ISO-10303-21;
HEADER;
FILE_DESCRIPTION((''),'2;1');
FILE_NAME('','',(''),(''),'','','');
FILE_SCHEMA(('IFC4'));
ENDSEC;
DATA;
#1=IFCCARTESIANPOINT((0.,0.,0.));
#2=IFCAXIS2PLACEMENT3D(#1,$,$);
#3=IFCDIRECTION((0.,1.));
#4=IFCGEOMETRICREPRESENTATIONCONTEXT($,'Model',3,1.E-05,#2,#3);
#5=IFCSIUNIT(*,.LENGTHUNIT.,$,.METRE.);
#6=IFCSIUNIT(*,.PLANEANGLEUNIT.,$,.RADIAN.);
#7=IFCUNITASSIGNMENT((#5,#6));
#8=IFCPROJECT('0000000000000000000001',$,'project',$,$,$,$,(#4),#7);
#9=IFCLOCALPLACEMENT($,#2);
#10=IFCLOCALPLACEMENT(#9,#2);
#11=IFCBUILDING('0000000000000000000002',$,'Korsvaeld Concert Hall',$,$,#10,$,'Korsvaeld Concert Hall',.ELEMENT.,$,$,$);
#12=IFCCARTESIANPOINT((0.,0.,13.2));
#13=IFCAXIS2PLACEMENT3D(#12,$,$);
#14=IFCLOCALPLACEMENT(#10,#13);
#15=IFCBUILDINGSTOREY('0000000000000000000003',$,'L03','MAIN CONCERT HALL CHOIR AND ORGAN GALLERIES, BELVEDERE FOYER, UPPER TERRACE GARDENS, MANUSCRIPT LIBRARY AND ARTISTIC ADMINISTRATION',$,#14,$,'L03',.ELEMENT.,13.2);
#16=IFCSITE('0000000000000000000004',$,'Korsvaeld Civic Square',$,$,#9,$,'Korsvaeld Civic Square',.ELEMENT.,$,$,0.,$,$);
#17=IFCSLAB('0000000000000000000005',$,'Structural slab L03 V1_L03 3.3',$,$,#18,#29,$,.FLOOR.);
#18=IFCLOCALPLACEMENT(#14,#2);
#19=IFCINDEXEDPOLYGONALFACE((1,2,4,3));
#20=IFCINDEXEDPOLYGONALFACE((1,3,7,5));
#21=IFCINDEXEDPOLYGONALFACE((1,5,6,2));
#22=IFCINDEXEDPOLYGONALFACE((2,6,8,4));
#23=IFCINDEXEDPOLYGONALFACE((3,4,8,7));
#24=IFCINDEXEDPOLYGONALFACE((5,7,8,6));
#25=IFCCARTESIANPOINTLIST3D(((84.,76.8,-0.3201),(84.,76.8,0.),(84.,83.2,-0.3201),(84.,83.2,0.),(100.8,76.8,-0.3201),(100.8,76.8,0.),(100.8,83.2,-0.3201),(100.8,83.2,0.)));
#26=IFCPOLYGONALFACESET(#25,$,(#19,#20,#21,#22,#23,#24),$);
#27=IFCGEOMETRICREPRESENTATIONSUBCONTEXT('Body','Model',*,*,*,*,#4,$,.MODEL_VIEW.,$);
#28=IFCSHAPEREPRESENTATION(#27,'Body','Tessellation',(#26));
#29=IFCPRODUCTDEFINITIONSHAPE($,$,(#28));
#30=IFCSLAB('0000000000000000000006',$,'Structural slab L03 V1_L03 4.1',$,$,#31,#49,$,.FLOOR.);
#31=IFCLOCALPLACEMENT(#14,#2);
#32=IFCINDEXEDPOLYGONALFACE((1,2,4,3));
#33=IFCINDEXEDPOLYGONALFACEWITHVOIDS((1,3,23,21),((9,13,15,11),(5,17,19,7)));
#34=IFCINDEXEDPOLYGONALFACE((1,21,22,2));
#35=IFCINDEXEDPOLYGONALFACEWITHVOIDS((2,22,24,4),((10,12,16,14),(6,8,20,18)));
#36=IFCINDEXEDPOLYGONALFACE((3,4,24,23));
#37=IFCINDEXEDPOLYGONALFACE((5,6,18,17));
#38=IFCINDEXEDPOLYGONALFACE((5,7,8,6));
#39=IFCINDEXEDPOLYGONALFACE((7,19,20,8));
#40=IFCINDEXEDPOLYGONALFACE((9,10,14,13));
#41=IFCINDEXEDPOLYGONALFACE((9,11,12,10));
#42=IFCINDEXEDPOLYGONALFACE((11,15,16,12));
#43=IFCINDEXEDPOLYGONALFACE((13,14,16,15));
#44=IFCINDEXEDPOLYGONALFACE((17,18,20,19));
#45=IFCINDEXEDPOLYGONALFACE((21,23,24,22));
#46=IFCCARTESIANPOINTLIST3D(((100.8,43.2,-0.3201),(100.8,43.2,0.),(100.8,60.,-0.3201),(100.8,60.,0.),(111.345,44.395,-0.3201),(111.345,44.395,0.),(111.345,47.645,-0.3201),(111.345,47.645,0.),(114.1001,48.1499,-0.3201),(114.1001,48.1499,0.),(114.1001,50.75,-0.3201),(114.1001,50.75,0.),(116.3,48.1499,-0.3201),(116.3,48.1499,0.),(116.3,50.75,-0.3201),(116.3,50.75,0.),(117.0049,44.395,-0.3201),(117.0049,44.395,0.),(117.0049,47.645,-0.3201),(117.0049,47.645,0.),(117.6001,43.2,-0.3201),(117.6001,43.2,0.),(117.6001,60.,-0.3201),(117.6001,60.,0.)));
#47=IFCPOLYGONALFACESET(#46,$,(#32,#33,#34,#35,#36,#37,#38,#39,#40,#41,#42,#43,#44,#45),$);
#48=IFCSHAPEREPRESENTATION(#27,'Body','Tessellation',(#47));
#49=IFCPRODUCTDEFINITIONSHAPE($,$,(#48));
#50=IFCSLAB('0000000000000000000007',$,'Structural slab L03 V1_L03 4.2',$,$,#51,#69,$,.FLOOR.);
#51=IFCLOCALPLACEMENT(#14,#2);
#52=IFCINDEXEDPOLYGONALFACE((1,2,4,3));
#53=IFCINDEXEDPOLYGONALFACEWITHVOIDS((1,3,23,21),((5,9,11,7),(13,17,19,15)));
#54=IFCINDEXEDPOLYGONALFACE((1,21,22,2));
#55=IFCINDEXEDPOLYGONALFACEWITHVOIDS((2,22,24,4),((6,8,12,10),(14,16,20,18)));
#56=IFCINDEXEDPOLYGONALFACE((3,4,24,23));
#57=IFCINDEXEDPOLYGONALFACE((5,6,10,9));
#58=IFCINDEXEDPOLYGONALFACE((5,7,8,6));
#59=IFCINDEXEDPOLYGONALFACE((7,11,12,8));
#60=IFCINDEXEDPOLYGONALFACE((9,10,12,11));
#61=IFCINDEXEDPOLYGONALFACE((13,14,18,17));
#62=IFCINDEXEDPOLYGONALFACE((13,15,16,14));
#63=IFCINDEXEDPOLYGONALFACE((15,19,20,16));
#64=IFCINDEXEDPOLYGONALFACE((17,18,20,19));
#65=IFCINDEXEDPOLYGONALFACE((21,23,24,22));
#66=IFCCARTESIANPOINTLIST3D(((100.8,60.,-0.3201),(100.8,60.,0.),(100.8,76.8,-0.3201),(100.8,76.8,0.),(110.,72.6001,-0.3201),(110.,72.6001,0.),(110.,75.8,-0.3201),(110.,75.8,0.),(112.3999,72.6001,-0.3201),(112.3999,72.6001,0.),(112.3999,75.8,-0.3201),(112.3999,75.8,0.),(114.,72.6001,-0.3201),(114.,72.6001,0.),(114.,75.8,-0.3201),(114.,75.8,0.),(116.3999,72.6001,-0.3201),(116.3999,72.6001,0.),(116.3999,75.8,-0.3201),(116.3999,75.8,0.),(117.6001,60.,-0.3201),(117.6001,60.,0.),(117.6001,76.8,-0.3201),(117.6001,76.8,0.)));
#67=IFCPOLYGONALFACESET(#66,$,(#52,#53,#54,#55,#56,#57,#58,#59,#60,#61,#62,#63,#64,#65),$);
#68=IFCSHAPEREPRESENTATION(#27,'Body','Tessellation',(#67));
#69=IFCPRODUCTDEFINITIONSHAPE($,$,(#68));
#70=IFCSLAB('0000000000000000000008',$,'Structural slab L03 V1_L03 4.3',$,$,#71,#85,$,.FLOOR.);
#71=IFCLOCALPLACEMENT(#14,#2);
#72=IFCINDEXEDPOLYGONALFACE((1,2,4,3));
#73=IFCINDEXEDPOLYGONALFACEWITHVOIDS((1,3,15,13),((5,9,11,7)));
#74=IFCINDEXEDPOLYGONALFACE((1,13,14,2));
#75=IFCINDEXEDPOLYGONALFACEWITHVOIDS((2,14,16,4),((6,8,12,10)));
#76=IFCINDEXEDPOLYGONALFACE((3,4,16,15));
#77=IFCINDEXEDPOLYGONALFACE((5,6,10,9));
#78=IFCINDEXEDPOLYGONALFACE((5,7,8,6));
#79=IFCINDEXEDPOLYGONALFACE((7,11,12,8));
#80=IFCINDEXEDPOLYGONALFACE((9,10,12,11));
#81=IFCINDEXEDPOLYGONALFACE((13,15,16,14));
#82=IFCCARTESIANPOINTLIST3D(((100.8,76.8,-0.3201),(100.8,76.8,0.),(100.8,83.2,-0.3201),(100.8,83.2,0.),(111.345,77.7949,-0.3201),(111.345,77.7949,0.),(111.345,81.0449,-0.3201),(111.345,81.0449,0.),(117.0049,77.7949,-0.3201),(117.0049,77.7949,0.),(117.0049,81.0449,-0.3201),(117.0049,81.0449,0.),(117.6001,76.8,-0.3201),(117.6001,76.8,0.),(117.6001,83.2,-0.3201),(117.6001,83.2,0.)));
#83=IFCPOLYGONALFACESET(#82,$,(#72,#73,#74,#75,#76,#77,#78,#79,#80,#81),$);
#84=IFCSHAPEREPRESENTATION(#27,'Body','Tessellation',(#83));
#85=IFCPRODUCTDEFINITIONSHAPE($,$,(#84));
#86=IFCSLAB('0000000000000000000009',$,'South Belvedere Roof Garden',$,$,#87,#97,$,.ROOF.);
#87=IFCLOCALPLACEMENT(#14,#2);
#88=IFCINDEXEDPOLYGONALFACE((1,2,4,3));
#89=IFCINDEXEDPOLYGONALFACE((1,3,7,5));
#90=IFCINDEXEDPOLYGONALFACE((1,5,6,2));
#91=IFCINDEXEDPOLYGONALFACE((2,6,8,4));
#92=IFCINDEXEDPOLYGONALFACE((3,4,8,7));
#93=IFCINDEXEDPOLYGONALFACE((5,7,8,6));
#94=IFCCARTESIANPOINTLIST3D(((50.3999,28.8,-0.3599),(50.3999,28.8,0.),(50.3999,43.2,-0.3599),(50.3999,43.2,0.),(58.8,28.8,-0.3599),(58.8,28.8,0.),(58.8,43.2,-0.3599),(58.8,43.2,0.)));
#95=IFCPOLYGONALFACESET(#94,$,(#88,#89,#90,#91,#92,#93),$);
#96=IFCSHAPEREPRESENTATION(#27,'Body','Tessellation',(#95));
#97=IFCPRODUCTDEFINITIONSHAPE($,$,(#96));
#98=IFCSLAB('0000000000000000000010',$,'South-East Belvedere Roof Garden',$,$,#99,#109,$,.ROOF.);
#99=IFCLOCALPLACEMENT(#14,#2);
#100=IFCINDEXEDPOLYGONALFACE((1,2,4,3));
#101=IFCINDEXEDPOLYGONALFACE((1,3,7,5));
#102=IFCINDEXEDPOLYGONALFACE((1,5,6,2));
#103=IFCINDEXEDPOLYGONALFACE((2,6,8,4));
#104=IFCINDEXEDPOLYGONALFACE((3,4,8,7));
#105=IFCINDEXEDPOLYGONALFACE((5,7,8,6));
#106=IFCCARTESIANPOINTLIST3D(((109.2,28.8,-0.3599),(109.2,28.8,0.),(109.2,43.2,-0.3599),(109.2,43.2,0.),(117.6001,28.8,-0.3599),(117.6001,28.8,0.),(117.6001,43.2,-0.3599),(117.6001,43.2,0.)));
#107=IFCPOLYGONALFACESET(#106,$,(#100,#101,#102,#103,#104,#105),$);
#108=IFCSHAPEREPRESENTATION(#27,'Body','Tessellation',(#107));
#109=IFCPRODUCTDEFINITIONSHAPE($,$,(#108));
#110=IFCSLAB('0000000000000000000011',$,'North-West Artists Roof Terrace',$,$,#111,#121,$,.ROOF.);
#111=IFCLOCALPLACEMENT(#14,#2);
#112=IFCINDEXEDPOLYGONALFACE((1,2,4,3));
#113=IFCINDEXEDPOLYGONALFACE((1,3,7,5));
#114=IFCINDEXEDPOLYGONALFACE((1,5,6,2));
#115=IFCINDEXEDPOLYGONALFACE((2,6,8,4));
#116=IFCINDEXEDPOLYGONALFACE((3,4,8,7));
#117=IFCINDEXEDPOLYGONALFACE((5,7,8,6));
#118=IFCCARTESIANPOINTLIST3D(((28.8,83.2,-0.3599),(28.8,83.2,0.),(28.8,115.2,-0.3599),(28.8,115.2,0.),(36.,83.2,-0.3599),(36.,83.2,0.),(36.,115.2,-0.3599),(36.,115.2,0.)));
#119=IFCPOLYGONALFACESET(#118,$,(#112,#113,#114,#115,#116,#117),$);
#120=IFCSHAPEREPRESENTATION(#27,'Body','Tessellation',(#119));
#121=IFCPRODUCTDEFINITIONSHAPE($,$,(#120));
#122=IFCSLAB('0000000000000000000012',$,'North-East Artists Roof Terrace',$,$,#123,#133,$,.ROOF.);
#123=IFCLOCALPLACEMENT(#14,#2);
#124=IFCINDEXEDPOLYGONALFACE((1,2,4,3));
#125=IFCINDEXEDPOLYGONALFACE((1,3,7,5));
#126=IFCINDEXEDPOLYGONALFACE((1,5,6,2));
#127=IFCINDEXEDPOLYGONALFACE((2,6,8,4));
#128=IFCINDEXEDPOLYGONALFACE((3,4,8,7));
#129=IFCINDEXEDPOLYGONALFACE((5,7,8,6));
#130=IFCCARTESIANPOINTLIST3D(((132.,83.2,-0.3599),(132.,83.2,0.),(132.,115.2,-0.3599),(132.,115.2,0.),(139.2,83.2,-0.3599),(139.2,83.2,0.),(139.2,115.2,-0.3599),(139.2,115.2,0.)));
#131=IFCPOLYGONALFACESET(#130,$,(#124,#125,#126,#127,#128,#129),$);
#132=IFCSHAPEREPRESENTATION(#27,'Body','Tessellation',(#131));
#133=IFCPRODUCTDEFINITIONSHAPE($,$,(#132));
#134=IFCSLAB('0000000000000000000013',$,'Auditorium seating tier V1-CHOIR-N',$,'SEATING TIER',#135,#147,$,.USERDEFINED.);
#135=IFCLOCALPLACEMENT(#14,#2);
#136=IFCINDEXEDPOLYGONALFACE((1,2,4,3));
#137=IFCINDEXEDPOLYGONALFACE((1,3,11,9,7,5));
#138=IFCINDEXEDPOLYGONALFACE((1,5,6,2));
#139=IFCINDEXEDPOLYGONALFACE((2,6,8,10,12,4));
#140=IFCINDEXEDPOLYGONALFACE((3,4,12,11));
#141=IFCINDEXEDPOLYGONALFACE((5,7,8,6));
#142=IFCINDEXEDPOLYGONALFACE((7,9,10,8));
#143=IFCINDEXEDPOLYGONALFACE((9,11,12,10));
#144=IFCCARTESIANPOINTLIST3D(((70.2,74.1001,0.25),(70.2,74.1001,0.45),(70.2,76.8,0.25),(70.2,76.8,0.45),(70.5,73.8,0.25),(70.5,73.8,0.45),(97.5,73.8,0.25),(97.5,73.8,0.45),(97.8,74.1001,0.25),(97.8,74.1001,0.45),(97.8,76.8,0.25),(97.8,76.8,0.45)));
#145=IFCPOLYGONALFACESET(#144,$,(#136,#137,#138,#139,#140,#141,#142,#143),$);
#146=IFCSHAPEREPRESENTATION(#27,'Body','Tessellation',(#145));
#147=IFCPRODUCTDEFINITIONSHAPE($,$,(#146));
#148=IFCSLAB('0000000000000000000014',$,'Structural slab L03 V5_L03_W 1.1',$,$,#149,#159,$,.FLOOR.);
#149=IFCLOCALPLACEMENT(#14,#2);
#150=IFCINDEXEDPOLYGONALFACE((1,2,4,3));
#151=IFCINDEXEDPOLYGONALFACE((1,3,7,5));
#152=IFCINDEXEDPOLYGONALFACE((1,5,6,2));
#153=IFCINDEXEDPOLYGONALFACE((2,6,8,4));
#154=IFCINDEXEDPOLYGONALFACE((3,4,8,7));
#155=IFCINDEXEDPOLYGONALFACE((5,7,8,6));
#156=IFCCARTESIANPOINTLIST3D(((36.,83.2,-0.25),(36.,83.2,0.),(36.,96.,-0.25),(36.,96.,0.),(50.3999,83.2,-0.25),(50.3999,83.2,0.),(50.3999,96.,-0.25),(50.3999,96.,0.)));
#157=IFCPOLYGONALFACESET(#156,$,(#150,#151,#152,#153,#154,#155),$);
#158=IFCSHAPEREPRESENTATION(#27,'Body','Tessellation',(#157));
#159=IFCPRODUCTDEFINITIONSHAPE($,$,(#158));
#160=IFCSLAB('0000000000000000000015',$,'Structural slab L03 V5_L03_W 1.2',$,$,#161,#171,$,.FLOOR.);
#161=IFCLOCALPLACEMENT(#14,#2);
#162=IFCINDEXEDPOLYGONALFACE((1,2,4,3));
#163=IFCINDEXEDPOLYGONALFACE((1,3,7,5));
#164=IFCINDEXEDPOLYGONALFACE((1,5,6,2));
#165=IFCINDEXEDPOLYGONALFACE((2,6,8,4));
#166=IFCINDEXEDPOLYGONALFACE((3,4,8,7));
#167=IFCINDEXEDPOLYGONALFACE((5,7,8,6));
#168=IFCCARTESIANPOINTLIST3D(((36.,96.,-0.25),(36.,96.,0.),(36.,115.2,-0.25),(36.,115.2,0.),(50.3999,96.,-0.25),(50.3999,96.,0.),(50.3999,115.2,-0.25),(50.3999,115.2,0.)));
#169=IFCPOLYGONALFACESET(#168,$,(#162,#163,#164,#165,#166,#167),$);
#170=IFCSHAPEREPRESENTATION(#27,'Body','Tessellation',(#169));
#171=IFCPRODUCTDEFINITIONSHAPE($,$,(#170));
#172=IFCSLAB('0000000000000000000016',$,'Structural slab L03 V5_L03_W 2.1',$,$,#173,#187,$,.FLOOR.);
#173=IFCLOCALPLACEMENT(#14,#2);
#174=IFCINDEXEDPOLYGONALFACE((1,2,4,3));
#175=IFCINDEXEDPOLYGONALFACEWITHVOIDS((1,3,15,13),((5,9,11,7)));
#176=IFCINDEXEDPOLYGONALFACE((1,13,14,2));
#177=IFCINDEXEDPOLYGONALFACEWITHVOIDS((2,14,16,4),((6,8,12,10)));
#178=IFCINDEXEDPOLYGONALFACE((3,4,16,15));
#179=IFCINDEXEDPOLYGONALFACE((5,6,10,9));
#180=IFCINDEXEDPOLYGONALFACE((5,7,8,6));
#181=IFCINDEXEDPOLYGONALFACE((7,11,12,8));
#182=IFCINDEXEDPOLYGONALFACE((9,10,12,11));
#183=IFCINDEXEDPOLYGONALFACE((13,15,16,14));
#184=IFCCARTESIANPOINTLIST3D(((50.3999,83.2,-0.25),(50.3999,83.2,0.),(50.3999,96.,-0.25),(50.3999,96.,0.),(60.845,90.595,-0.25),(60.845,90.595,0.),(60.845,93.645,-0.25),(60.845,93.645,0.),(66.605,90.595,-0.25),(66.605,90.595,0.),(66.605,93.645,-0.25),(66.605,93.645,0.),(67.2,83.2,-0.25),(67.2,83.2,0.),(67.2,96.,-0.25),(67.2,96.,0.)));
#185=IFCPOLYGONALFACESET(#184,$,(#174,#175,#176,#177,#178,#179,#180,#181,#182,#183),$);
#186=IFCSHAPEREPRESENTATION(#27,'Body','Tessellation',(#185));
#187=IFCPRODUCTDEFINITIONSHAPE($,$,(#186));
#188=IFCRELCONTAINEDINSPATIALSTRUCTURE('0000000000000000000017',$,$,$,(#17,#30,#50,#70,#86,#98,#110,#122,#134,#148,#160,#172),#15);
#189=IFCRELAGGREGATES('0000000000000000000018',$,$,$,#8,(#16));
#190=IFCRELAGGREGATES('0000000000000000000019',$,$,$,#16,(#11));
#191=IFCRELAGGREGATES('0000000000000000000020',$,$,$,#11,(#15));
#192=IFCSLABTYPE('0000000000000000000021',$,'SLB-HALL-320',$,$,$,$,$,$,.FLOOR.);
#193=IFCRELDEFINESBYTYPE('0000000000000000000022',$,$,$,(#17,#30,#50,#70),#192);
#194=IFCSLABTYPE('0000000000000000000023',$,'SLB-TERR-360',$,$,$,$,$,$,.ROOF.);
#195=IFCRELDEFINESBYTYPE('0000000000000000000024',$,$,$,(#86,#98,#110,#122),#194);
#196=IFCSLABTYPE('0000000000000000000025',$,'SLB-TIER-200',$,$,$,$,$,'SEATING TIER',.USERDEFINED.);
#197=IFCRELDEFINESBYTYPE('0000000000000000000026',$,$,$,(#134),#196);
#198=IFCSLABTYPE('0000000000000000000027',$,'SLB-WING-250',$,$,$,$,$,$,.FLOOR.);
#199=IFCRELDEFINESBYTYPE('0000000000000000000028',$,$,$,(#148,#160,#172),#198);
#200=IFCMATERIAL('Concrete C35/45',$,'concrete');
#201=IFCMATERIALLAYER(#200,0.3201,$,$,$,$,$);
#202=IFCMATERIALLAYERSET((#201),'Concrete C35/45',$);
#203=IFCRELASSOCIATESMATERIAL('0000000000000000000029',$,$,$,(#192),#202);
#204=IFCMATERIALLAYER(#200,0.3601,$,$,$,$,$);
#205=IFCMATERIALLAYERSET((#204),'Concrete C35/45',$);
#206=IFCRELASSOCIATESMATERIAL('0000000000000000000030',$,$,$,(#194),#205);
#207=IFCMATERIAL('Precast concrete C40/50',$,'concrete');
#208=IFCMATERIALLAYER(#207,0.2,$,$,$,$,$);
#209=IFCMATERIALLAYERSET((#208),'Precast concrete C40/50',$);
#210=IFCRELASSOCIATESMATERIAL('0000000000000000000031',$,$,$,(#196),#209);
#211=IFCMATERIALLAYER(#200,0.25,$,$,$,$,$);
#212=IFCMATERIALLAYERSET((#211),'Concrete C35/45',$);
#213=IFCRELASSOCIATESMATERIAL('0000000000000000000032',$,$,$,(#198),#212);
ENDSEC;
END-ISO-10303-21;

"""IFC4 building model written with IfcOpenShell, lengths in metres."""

from ifc_helpers import new_model, si_unit, direction, frame, origin, place, context, subcontext, project, spatial, polyline, outline, extrude, material, layer, layer_set, type_object, element, save


model = new_model("IFC4")

# Units and contexts
model_context = context("Model", 3, precision=1e-05, world=origin(), true_north=direction((0.0, 1.0)))
body_context = subcontext(model_context, "Body", "Model", "MODEL_VIEW")
ifc_project = project(units=[si_unit("LENGTHUNIT", "METRE"), si_unit("PLANEANGLEUNIT", "RADIAN")], contexts=[model_context])

# Site, building, storey
site_placement = place(None, origin())
site = spatial("IfcSite", under=ifc_project, at=site_placement, Name="Korsvaeld Civic Square", LongName="Korsvaeld Civic Square", CompositionType="ELEMENT", RefElevation=0.0)
building_placement = place(site_placement, origin())
building = spatial("IfcBuilding", under=site, at=building_placement, Name="Korsvaeld Concert Hall", LongName="Korsvaeld Concert Hall", CompositionType="ELEMENT")
storey_placement = place(building_placement, frame((0.0, 0.0, 13.2)))
storey = spatial("IfcBuildingStorey", under=building, at=storey_placement, Name="L03", Description="MAIN CONCERT HALL CHOIR AND ORGAN GALLERIES, BELVEDERE FOYER, UPPER TERRACE GARDENS, MANUSCRIPT LIBRARY AND ARTISTIC ADMINISTRATION", LongName="L03", CompositionType="ELEMENT", Elevation=13.2)

# Slabs
ifc_material_1 = material(Name="Concrete C35/45", Category="concrete")
ifc_layer_1 = layer(ifc_material_1, 0.3201)
ifc_layer_set_1 = layer_set([ifc_layer_1], Name="Concrete C35/45")
slab_type_1 = type_object("IfcSlabType", Name="SLB-HALL-320", PredefinedType="FLOOR", material=ifc_layer_set_1)
slab_1_placement = place(storey_placement, frame((0.0, 0.0, -0.3201)))
element("IfcSlab", 1, at=slab_1_placement, inside=storey, type_object=slab_type_1, Name="Structural slab L03 V1_L03 3.3", PredefinedType="FLOOR", context=body_context, shape_type="SweptSolid", body=[
    extrude(outline(polyline([(84.0, 76.8), (84.0, 83.2), (100.8, 83.2), (100.8, 76.8), (84.0, 76.8)])), origin(), (0.0, 0.0, 1.0), 0.3201),
])
slab_2_placement = place(storey_placement, frame((0.0, 0.0, -0.3201)))
element("IfcSlab", 2, at=slab_2_placement, inside=storey, type_object=slab_type_1, Name="Structural slab L03 V1_L03 4.1", PredefinedType="FLOOR", context=body_context, shape_type="SweptSolid", body=[
    extrude(outline(polyline([(100.8, 43.2), (100.8, 60.0), (117.6001, 60.0), (117.6001, 43.2), (100.8, 43.2)]), holes=[polyline([(117.0049, 44.395), (117.0049, 47.645), (111.345, 47.645), (111.345, 44.395), (117.0049, 44.395)]), polyline([(116.3, 50.75), (114.1001, 50.75), (114.1001, 48.1499), (116.3, 48.1499), (116.3, 50.75)])]), origin(), (0.0, 0.0, 1.0), 0.3201),
])
slab_3_placement = place(storey_placement, frame((0.0, 0.0, -0.3201)))
element("IfcSlab", 3, at=slab_3_placement, inside=storey, type_object=slab_type_1, Name="Structural slab L03 V1_L03 4.2", PredefinedType="FLOOR", context=body_context, shape_type="SweptSolid", body=[
    extrude(outline(polyline([(100.8, 60.0), (100.8, 76.8), (117.6001, 76.8), (117.6001, 60.0), (100.8, 60.0)]), holes=[polyline([(112.3999, 75.8), (110.0, 75.8), (110.0, 72.6001), (112.3999, 72.6001), (112.3999, 75.8)]), polyline([(116.3999, 75.8), (114.0, 75.8), (114.0, 72.6001), (116.3999, 72.6001), (116.3999, 75.8)])]), origin(), (0.0, 0.0, 1.0), 0.3201),
])
slab_4_placement = place(storey_placement, frame((0.0, 0.0, -0.3201)))
element("IfcSlab", 4, at=slab_4_placement, inside=storey, type_object=slab_type_1, Name="Structural slab L03 V1_L03 4.3", PredefinedType="FLOOR", context=body_context, shape_type="SweptSolid", body=[
    extrude(outline(polyline([(100.8, 76.8), (100.8, 83.2), (117.6001, 83.2), (117.6001, 76.8), (100.8, 76.8)]), holes=[polyline([(117.0049, 77.7949), (117.0049, 81.0449), (111.345, 81.0449), (111.345, 77.7949), (117.0049, 77.7949)])]), origin(), (0.0, 0.0, 1.0), 0.3201),
])
ifc_layer_2 = layer(ifc_material_1, 0.3601)
ifc_layer_set_2 = layer_set([ifc_layer_2], Name="Concrete C35/45")
slab_type_2 = type_object("IfcSlabType", Name="SLB-TERR-360", PredefinedType="ROOF", material=ifc_layer_set_2)
slab_5_placement = place(storey_placement, frame((0.0, 0.0, -0.3599)))
element("IfcSlab", 5, at=slab_5_placement, inside=storey, type_object=slab_type_2, Name="South Belvedere Roof Garden", PredefinedType="ROOF", context=body_context, shape_type="SweptSolid", body=[
    extrude(outline(polyline([(58.8, 28.8), (58.8, 43.2), (50.3999, 43.2), (50.3999, 28.8), (58.8, 28.8)])), origin(), (0.0, 0.0, 1.0), 0.3599),
])
slab_6_placement = place(storey_placement, frame((0.0, 0.0, -0.3599)))
element("IfcSlab", 6, at=slab_6_placement, inside=storey, type_object=slab_type_2, Name="South-East Belvedere Roof Garden", PredefinedType="ROOF", context=body_context, shape_type="SweptSolid", body=[
    extrude(outline(polyline([(117.6001, 28.8), (117.6001, 43.2), (109.2, 43.2), (109.2, 28.8), (117.6001, 28.8)])), origin(), (0.0, 0.0, 1.0), 0.3599),
])
slab_7_placement = place(storey_placement, frame((0.0, 0.0, -0.3599)))
element("IfcSlab", 7, at=slab_7_placement, inside=storey, type_object=slab_type_2, Name="North-West Artists Roof Terrace", PredefinedType="ROOF", context=body_context, shape_type="SweptSolid", body=[
    extrude(outline(polyline([(36.0, 83.2), (36.0, 115.2), (28.8, 115.2), (28.8, 83.2), (36.0, 83.2)])), origin(), (0.0, 0.0, 1.0), 0.3599),
])
slab_8_placement = place(storey_placement, frame((0.0, 0.0, -0.3599)))
element("IfcSlab", 8, at=slab_8_placement, inside=storey, type_object=slab_type_2, Name="North-East Artists Roof Terrace", PredefinedType="ROOF", context=body_context, shape_type="SweptSolid", body=[
    extrude(outline(polyline([(139.2, 83.2), (139.2, 115.2), (132.0, 115.2), (132.0, 83.2), (139.2, 83.2)])), origin(), (0.0, 0.0, 1.0), 0.3599),
])
ifc_material_2 = material(Name="Precast concrete C40/50", Category="concrete")
ifc_layer_3 = layer(ifc_material_2, 0.2)
ifc_layer_set_3 = layer_set([ifc_layer_3], Name="Precast concrete C40/50")
slab_type_3 = type_object("IfcSlabType", Name="SLB-TIER-200", ElementType="SEATING TIER", PredefinedType="USERDEFINED", material=ifc_layer_set_3)
slab_9_placement = place(storey_placement, frame((0.0, 0.0, 0.25)))
element("IfcSlab", 9, at=slab_9_placement, inside=storey, type_object=slab_type_3, Name="Auditorium seating tier V1-CHOIR-N", ObjectType="SEATING TIER", PredefinedType="USERDEFINED", context=body_context, shape_type="SweptSolid", body=[
    extrude(outline(polyline([(70.2, 74.1001), (70.5, 73.8), (97.5, 73.8), (97.8, 74.1001), (97.8, 76.8), (70.2, 76.8), (70.2, 74.1001)])), origin(), (0.0, 0.0, 1.0), 0.2),
])
ifc_layer_4 = layer(ifc_material_1, 0.25)
ifc_layer_set_4 = layer_set([ifc_layer_4], Name="Concrete C35/45")
slab_type_4 = type_object("IfcSlabType", Name="SLB-WING-250", PredefinedType="FLOOR", material=ifc_layer_set_4)
slab_10_placement = place(storey_placement, frame((0.0, 0.0, -0.25)))
element("IfcSlab", 10, at=slab_10_placement, inside=storey, type_object=slab_type_4, Name="Structural slab L03 V5_L03_W 1.1", PredefinedType="FLOOR", context=body_context, shape_type="SweptSolid", body=[
    extrude(outline(polyline([(36.0, 83.2), (36.0, 96.0), (50.3999, 96.0), (50.3999, 83.2), (36.0, 83.2)])), origin(), (0.0, 0.0, 1.0), 0.25),
])
slab_11_placement = place(storey_placement, frame((0.0, 0.0, -0.25)))
element("IfcSlab", 11, at=slab_11_placement, inside=storey, type_object=slab_type_4, Name="Structural slab L03 V5_L03_W 1.2", PredefinedType="FLOOR", context=body_context, shape_type="SweptSolid", body=[
    extrude(outline(polyline([(36.0, 96.0), (36.0, 115.2), (50.3999, 115.2), (50.3999, 96.0), (36.0, 96.0)])), origin(), (0.0, 0.0, 1.0), 0.25),
])
slab_12_placement = place(storey_placement, frame((0.0, 0.0, -0.25)))
element("IfcSlab", 12, at=slab_12_placement, inside=storey, type_object=slab_type_4, Name="Structural slab L03 V5_L03_W 2.1", PredefinedType="FLOOR", context=body_context, shape_type="SweptSolid", body=[
    extrude(outline(polyline([(50.3999, 83.2), (50.3999, 96.0), (67.2, 96.0), (67.2, 83.2), (50.3999, 83.2)]), holes=[polyline([(66.605, 90.595), (66.605, 93.645), (60.845, 93.645), (60.845, 90.595), (66.605, 90.595)])]), origin(), (0.0, 0.0, 1.0), 0.25),
])

save(model, "model.ifc")
